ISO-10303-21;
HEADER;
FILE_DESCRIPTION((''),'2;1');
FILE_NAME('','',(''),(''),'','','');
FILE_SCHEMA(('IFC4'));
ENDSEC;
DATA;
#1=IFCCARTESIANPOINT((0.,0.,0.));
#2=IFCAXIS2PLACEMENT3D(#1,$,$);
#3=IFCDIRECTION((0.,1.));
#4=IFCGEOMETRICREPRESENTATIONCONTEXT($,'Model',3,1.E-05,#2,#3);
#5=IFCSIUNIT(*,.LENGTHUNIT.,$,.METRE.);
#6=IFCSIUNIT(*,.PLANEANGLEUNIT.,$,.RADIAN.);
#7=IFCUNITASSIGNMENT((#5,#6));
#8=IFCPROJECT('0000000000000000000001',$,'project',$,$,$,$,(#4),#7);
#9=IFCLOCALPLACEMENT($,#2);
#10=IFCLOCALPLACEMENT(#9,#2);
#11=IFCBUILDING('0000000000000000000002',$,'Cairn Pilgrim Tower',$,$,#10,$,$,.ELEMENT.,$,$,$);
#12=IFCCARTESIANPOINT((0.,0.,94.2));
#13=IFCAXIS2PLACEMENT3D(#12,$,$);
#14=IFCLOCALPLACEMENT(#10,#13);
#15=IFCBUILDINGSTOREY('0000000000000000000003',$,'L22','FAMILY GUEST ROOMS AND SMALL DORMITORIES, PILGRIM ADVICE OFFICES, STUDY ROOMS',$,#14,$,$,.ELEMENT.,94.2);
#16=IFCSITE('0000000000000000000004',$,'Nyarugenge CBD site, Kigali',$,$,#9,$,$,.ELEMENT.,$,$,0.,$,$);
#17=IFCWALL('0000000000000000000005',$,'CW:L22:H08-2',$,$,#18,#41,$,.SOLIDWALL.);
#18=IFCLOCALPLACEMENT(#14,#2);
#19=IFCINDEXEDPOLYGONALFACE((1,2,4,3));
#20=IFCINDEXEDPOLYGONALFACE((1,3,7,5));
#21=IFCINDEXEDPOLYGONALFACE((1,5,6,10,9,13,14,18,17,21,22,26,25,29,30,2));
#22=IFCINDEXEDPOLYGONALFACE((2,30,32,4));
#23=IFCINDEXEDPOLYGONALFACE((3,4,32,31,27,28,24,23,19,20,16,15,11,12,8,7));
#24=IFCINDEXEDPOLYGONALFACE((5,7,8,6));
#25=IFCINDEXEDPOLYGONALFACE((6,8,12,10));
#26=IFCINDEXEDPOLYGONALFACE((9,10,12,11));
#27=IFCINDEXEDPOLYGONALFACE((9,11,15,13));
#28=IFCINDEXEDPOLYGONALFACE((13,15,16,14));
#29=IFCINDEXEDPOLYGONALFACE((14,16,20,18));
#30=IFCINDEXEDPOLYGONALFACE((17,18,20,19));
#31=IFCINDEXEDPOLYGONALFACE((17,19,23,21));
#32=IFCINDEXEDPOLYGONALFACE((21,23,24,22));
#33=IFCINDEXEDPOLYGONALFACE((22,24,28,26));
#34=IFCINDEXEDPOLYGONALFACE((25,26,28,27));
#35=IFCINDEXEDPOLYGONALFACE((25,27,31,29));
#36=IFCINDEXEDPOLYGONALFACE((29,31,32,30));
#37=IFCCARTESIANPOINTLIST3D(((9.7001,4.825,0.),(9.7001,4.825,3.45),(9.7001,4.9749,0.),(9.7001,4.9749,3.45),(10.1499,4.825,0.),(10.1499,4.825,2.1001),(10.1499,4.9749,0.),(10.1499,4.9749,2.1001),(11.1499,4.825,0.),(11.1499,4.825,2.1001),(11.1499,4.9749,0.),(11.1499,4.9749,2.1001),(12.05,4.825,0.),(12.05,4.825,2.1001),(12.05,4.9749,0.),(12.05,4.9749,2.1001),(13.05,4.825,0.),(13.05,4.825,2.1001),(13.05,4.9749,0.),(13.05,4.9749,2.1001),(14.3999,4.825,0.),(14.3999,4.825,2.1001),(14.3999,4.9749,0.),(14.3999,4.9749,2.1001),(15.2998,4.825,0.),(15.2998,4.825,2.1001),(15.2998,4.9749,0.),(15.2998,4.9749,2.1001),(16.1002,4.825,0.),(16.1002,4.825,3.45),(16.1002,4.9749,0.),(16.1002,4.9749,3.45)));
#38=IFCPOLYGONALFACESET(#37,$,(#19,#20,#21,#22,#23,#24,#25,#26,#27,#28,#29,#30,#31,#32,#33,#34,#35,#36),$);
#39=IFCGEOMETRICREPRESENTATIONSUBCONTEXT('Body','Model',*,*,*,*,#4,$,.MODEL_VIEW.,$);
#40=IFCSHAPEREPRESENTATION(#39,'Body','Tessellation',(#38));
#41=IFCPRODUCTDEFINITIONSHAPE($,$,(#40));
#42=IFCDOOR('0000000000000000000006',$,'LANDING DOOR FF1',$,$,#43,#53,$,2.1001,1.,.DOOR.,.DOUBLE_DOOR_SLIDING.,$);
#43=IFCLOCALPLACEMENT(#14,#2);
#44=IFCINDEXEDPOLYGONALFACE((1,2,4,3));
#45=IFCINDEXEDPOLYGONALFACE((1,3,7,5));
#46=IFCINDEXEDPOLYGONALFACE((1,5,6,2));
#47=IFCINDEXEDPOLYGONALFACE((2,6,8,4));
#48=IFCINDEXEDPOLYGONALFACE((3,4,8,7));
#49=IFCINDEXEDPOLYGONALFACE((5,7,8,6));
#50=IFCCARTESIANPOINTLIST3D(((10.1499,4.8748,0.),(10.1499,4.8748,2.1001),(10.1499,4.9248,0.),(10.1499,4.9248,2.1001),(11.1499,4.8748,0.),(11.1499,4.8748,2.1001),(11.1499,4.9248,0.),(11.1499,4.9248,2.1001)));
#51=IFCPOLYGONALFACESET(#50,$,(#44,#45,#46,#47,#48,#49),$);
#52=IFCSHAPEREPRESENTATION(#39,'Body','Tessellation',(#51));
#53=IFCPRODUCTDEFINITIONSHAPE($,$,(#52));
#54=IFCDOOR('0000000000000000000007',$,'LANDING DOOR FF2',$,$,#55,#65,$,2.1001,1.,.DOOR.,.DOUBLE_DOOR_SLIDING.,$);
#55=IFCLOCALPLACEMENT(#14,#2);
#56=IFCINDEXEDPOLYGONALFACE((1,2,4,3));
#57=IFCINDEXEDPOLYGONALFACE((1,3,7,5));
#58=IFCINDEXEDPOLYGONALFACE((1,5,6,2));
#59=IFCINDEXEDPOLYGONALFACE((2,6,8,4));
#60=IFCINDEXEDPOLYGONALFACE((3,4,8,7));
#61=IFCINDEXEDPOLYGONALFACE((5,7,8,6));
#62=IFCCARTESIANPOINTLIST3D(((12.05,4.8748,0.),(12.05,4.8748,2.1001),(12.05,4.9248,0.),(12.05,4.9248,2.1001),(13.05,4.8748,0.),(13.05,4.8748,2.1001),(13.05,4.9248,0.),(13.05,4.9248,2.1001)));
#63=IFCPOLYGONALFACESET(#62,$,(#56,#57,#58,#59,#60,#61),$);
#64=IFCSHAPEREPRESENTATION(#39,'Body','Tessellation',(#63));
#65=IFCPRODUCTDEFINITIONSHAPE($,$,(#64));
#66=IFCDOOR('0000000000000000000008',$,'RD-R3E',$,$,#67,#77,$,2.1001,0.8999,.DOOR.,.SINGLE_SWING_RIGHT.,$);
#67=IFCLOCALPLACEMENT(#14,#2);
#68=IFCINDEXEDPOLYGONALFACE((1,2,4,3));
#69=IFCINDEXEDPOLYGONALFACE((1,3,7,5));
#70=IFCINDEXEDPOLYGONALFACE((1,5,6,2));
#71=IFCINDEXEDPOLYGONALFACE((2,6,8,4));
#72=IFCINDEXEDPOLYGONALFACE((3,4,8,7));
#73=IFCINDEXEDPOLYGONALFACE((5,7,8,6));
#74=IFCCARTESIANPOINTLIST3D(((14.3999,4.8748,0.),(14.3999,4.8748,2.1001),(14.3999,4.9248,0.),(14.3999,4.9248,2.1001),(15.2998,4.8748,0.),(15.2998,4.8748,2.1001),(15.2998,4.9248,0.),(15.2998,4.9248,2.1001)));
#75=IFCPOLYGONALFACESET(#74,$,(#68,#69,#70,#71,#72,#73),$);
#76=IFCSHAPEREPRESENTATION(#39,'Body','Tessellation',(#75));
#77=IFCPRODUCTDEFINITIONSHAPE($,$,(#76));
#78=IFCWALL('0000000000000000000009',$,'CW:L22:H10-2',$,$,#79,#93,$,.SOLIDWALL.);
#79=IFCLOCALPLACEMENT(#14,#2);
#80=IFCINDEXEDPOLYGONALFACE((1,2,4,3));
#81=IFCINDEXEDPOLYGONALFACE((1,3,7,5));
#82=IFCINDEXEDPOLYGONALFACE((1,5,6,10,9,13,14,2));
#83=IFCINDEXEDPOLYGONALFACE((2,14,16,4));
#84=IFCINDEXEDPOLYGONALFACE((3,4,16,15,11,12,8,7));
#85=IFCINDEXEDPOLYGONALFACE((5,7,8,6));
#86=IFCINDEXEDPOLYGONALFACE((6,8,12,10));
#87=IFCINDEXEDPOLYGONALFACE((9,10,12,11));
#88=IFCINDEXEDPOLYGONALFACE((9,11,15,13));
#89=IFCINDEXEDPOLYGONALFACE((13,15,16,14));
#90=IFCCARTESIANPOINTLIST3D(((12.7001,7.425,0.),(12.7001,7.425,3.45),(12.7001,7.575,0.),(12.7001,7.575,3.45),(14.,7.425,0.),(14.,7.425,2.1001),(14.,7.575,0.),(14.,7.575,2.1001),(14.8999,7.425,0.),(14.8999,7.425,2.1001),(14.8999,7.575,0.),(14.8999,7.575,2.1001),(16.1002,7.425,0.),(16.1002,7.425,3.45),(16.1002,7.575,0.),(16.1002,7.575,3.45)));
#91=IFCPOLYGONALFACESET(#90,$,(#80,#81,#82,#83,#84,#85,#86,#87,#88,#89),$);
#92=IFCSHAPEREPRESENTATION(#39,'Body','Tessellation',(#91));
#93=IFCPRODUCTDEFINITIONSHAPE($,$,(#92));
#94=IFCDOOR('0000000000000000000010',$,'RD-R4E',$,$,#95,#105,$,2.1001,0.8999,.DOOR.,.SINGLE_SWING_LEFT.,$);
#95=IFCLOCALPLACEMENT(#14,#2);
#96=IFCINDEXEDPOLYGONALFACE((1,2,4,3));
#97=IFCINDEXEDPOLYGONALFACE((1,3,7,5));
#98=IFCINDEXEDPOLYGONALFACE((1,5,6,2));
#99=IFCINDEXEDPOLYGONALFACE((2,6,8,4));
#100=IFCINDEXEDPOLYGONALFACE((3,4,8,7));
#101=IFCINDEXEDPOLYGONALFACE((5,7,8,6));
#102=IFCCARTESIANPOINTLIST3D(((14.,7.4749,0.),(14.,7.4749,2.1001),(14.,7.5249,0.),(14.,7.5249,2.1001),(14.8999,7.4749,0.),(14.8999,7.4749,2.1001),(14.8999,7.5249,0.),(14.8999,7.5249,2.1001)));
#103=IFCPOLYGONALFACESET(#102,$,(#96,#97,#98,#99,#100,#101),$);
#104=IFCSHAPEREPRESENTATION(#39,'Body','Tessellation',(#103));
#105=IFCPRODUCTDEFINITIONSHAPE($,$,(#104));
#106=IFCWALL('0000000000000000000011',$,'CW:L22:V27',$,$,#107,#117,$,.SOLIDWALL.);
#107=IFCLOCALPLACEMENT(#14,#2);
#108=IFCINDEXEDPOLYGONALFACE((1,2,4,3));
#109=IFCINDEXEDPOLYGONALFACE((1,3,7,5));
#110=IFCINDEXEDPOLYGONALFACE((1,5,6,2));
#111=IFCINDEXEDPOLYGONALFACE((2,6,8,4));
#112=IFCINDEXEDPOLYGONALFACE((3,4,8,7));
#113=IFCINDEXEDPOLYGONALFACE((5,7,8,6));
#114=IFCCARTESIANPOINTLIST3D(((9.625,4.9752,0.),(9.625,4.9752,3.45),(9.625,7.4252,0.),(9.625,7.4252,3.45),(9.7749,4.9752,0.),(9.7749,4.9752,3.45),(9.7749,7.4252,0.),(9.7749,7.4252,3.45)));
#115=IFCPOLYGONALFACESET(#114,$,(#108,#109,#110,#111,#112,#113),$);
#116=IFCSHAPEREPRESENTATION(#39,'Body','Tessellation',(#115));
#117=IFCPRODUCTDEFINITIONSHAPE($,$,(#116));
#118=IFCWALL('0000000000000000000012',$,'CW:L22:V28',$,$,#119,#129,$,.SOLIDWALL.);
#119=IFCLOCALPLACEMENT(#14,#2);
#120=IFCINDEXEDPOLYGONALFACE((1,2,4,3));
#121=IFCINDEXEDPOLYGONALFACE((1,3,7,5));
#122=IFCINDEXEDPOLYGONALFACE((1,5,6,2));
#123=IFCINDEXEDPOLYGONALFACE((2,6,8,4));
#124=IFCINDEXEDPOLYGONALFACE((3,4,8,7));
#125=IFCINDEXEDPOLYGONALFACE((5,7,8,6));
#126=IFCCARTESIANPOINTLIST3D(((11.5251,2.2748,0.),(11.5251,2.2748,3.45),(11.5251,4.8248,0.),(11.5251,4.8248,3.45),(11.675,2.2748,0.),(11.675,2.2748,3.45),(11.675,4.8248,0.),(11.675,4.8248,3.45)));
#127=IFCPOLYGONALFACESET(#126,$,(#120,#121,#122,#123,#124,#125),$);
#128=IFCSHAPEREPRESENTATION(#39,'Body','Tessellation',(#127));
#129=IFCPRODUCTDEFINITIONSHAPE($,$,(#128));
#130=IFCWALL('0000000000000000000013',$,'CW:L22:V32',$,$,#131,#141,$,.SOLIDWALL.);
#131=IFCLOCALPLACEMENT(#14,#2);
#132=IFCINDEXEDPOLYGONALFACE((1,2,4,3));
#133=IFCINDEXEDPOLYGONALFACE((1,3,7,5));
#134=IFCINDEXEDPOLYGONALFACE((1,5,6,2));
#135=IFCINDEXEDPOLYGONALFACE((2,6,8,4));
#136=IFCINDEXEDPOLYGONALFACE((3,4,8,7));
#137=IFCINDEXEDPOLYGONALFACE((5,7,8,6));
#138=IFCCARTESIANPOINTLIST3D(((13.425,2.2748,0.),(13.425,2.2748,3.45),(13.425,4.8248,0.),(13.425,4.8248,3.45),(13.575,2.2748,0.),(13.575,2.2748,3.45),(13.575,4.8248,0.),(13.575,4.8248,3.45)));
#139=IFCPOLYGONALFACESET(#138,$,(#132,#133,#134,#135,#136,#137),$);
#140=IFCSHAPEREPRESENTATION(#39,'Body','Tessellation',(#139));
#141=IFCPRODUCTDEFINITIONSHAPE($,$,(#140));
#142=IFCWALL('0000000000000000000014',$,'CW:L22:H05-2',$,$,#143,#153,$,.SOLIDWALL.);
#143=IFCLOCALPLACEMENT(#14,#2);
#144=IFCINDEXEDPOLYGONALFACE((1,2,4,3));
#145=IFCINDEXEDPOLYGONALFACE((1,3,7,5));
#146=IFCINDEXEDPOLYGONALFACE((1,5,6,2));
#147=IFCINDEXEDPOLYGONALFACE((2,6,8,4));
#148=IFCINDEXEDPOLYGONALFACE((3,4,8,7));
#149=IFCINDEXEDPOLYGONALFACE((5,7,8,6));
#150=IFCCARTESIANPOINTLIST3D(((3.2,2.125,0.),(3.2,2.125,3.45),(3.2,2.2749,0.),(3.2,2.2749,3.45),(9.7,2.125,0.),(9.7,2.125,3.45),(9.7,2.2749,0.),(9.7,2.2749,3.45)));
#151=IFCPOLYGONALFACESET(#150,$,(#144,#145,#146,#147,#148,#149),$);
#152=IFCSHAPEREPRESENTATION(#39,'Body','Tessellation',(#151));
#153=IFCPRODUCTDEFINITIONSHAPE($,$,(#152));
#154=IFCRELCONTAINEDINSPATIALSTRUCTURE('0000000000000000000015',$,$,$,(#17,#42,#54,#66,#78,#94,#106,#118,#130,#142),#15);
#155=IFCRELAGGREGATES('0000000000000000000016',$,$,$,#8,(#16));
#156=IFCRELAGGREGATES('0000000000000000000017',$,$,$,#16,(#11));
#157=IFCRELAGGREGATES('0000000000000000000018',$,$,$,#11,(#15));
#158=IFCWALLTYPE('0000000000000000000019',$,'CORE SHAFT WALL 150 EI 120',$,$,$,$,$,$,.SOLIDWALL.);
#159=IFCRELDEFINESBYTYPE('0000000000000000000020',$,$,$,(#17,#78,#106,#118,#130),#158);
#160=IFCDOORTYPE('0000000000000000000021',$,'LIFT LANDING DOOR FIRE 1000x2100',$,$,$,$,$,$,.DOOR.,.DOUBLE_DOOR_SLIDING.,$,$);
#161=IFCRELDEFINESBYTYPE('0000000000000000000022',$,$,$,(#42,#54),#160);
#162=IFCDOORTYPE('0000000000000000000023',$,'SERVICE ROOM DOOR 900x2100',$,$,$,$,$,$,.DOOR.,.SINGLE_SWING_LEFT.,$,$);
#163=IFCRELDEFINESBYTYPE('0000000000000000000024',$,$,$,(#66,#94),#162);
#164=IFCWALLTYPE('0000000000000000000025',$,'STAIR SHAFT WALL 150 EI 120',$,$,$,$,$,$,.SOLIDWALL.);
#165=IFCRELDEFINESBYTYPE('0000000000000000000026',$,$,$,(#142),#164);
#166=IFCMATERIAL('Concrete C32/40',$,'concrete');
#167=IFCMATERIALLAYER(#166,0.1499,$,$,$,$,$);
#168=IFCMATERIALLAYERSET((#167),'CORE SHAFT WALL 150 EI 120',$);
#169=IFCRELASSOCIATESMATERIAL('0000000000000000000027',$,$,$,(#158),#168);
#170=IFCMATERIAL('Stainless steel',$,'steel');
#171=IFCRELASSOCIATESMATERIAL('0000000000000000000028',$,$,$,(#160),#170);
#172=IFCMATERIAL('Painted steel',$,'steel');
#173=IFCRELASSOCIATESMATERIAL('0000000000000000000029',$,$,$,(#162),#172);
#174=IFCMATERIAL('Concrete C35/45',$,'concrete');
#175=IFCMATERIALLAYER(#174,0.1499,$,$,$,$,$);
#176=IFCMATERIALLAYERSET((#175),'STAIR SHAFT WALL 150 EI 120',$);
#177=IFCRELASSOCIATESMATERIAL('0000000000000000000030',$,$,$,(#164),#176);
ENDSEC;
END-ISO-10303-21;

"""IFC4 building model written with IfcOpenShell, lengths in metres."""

from ifc_helpers import new_model, si_unit, direction, frame, frame_2d, origin, place, context, subcontext, project, spatial, rectangle, extrude, material, layer, layer_set, type_object, element, fill, save


model = new_model("IFC4")

# Units and contexts
model_context = context("Model", 3, precision=1e-05, world=origin(), true_north=direction((0.0, 1.0)))
body_context = subcontext(model_context, "Body", "Model", "MODEL_VIEW")
ifc_project = project(units=[si_unit("LENGTHUNIT", "METRE"), si_unit("PLANEANGLEUNIT", "RADIAN")], contexts=[model_context])

# Site, building, storey
site_placement = place(None, origin())
site = spatial("IfcSite", under=ifc_project, at=site_placement, Name="Nyarugenge CBD site, Kigali", CompositionType="ELEMENT", RefElevation=0.0)
building_placement = place(site_placement, origin())
building = spatial("IfcBuilding", under=site, at=building_placement, Name="Cairn Pilgrim Tower", CompositionType="ELEMENT")
storey_placement = place(building_placement, frame((0.0, 0.0, 94.2)))
storey = spatial("IfcBuildingStorey", under=building, at=storey_placement, Name="L22", Description="FAMILY GUEST ROOMS AND SMALL DORMITORIES, PILGRIM ADVICE OFFICES, STUDY ROOMS", CompositionType="ELEMENT", Elevation=94.2)

# Shared definitions
ifc_material_1 = material(Name="Concrete C32/40", Category="concrete")
ifc_layer_1 = layer(ifc_material_1, 0.1499)
ifc_layer_set_1 = layer_set([ifc_layer_1], Name="CORE SHAFT WALL 150 EI 120")
wall_type_1 = type_object("IfcWallType", Name="CORE SHAFT WALL 150 EI 120", PredefinedType="SOLIDWALL", material=ifc_layer_set_1)

# Wall, openings, doors
wall_1_placement = place(storey_placement, frame((9.7, 4.8999, 0.0), z_axis=(0.0, 0.0, 1.0), x_axis=(1.0, 0.0, 0.0)))
wall_1 = element("IfcWall", 1, at=wall_1_placement, inside=storey, type_object=wall_type_1, Name="CW:L22:H08-2", PredefinedType="SOLIDWALL", context=body_context, shape_type="SweptSolid", body=[
    extrude(rectangle(XDim=6.4001, YDim=0.1499, at=frame_2d((3.2002, 0.0))), origin(), (0.0, 0.0, 1.0), 3.45),
])
opening_1_placement = place(wall_1_placement, frame((0.45, 0.0, 0.0)))
opening_1 = element("IfcOpeningElement", 2, at=opening_1_placement, cuts=wall_1, PredefinedType="OPENING", context=body_context, shape_type="SweptSolid", body=[
    extrude(rectangle(XDim=1.0, YDim=2.1001, at=frame_2d((0.5, 1.05))), frame((0.0, 0.085, 0.0), z_axis=(0.0, -1.0, 0.0), x_axis=(1.0, 0.0, 0.0)), (0.0, 0.0, 1.0), 0.1699),
])
opening_2_placement = place(wall_1_placement, frame((2.3501, 0.0, 0.0)))
opening_2 = element("IfcOpeningElement", 3, at=opening_2_placement, cuts=wall_1, PredefinedType="OPENING", context=body_context, shape_type="SweptSolid", body=[
    extrude(rectangle(XDim=1.0, YDim=2.1001, at=frame_2d((0.5, 1.05))), frame((0.0, 0.085, 0.0), z_axis=(0.0, -1.0, 0.0), x_axis=(1.0, 0.0, 0.0)), (0.0, 0.0, 1.0), 0.1699),
])
opening_3_placement = place(wall_1_placement, frame((4.7, 0.0, 0.0)))
opening_3 = element("IfcOpeningElement", 4, at=opening_3_placement, cuts=wall_1, PredefinedType="OPENING", context=body_context, shape_type="SweptSolid", body=[
    extrude(rectangle(XDim=0.8999, YDim=2.1001, at=frame_2d((0.45, 1.05))), frame((0.0, 0.085, 0.0), z_axis=(0.0, -1.0, 0.0), x_axis=(1.0, 0.0, 0.0)), (0.0, 0.0, 1.0), 0.1699),
])
ifc_material_2 = material(Name="Stainless steel", Category="steel")
door_type_1 = type_object("IfcDoorType", Name="LIFT LANDING DOOR FIRE 1000x2100", OperationType="DOUBLE_DOOR_SLIDING", PredefinedType="DOOR", material=ifc_material_2)
door_1_placement = place(opening_1_placement, origin())
door_1 = element("IfcDoor", 5, at=door_1_placement, inside=storey, type_object=door_type_1, Name="LANDING DOOR FF1", OperationType="DOUBLE_DOOR_SLIDING", OverallHeight=2.1001, OverallWidth=1.0, PredefinedType="DOOR", context=body_context, shape_type="SweptSolid", body=[
    extrude(rectangle(XDim=1.0, YDim=2.1001, at=frame_2d((0.5, 1.05))), frame((0.0, 0.0249, 0.0), z_axis=(0.0, -1.0, 0.0), x_axis=(1.0, 0.0, 0.0)), (0.0, 0.0, 1.0), 0.05),
])
fill(opening_1, door_1)
door_2_placement = place(opening_2_placement, origin())
door_2 = element("IfcDoor", 6, at=door_2_placement, inside=storey, type_object=door_type_1, Name="LANDING DOOR FF2", OperationType="DOUBLE_DOOR_SLIDING", OverallHeight=2.1001, OverallWidth=1.0, PredefinedType="DOOR", context=body_context, shape_type="SweptSolid", body=[
    extrude(rectangle(XDim=1.0, YDim=2.1001, at=frame_2d((0.5, 1.05))), frame((0.0, 0.0249, 0.0), z_axis=(0.0, -1.0, 0.0), x_axis=(1.0, 0.0, 0.0)), (0.0, 0.0, 1.0), 0.05),
])
fill(opening_2, door_2)
ifc_material_3 = material(Name="Painted steel", Category="steel")
door_type_2 = type_object("IfcDoorType", Name="SERVICE ROOM DOOR 900x2100", OperationType="SINGLE_SWING_LEFT", PredefinedType="DOOR", material=ifc_material_3)
door_3_placement = place(opening_3_placement, origin())
door_3 = element("IfcDoor", 7, at=door_3_placement, inside=storey, type_object=door_type_2, Name="RD-R3E", OperationType="SINGLE_SWING_RIGHT", OverallHeight=2.1001, OverallWidth=0.8999, PredefinedType="DOOR", context=body_context, shape_type="SweptSolid", body=[
    extrude(rectangle(XDim=0.8999, YDim=2.1001, at=frame_2d((0.45, 1.05))), frame((0.0, 0.0249, 0.0), z_axis=(0.0, -1.0, 0.0), x_axis=(1.0, 0.0, 0.0)), (0.0, 0.0, 1.0), 0.05),
])
fill(opening_3, door_3)

# Wall, opening, door
wall_2_placement = place(storey_placement, frame((12.7, 7.5, 0.0), z_axis=(0.0, 0.0, 1.0), x_axis=(1.0, 0.0, 0.0)))
wall_2 = element("IfcWall", 8, at=wall_2_placement, inside=storey, type_object=wall_type_1, Name="CW:L22:H10-2", PredefinedType="SOLIDWALL", context=body_context, shape_type="SweptSolid", body=[
    extrude(rectangle(XDim=3.4001, YDim=0.1499, at=frame_2d((1.7002, 0.0))), origin(), (0.0, 0.0, 1.0), 3.45),
])
opening_4_placement = place(wall_2_placement, frame((1.3, 0.0, 0.0)))
opening_4 = element("IfcOpeningElement", 9, at=opening_4_placement, cuts=wall_2, PredefinedType="OPENING", context=body_context, shape_type="SweptSolid", body=[
    extrude(rectangle(XDim=0.8999, YDim=2.1001, at=frame_2d((0.45, 1.05))), frame((0.0, 0.085, 0.0), z_axis=(0.0, -1.0, 0.0), x_axis=(1.0, 0.0, 0.0)), (0.0, 0.0, 1.0), 0.1699),
])
door_4_placement = place(opening_4_placement, origin())
door_4 = element("IfcDoor", 10, at=door_4_placement, inside=storey, type_object=door_type_2, Name="RD-R4E", OperationType="SINGLE_SWING_LEFT", OverallHeight=2.1001, OverallWidth=0.8999, PredefinedType="DOOR", context=body_context, shape_type="SweptSolid", body=[
    extrude(rectangle(XDim=0.8999, YDim=2.1001, at=frame_2d((0.45, 1.05))), frame((0.0, 0.0249, 0.0), z_axis=(0.0, -1.0, 0.0), x_axis=(1.0, 0.0, 0.0)), (0.0, 0.0, 1.0), 0.05),
])
fill(opening_4, door_4)

# Walls
wall_3_placement = place(storey_placement, frame((9.7, 4.9751, 0.0), z_axis=(0.0, 0.0, 1.0), x_axis=(0.0, 1.0, 0.0)))
element("IfcWall", 11, at=wall_3_placement, inside=storey, type_object=wall_type_1, Name="CW:L22:V27", PredefinedType="SOLIDWALL", context=body_context, shape_type="SweptSolid", body=[
    extrude(rectangle(XDim=2.45, YDim=0.1499, at=frame_2d((1.2251, 0.0))), origin(), (0.0, 0.0, 1.0), 3.45),
])
for number, where, z_axis, x_axis, name in (
    (12, (11.6001, 2.2749, 0.0), (0.0, 0.0, 1.0), (0.0, 1.0, 0.0), "CW:L22:V28"),
    (13, (13.5, 2.2749, 0.0), (0.0, 0.0, 1.0), (0.0, 1.0, 0.0), "CW:L22:V32"),
):
    element("IfcWall", number, at=place(storey_placement, frame(where, z_axis=z_axis, x_axis=x_axis)), inside=storey, type_object=wall_type_1, Name=name, PredefinedType="SOLIDWALL", context=body_context, shape_type="SweptSolid", body=[
        extrude(rectangle(XDim=2.55, YDim=0.1499, at=frame_2d((1.2749, 0.0))), origin(), (0.0, 0.0, 1.0), 3.45),
    ])
ifc_material_4 = material(Name="Concrete C35/45", Category="concrete")
ifc_layer_2 = layer(ifc_material_4, 0.1499)
ifc_layer_set_2 = layer_set([ifc_layer_2], Name="STAIR SHAFT WALL 150 EI 120")
wall_type_2 = type_object("IfcWallType", Name="STAIR SHAFT WALL 150 EI 120", PredefinedType="SOLIDWALL", material=ifc_layer_set_2)
wall_4_placement = place(storey_placement, frame((3.2, 2.2, 0.0), z_axis=(0.0, 0.0, 1.0), x_axis=(1.0, 0.0, 0.0)))
element("IfcWall", 14, at=wall_4_placement, inside=storey, type_object=wall_type_2, Name="CW:L22:H05-2", PredefinedType="SOLIDWALL", context=body_context, shape_type="SweptSolid", body=[
    extrude(rectangle(XDim=6.5, YDim=0.1499, at=frame_2d((3.25, 0.0))), origin(), (0.0, 0.0, 1.0), 3.45),
])

save(model, "model.ifc")
